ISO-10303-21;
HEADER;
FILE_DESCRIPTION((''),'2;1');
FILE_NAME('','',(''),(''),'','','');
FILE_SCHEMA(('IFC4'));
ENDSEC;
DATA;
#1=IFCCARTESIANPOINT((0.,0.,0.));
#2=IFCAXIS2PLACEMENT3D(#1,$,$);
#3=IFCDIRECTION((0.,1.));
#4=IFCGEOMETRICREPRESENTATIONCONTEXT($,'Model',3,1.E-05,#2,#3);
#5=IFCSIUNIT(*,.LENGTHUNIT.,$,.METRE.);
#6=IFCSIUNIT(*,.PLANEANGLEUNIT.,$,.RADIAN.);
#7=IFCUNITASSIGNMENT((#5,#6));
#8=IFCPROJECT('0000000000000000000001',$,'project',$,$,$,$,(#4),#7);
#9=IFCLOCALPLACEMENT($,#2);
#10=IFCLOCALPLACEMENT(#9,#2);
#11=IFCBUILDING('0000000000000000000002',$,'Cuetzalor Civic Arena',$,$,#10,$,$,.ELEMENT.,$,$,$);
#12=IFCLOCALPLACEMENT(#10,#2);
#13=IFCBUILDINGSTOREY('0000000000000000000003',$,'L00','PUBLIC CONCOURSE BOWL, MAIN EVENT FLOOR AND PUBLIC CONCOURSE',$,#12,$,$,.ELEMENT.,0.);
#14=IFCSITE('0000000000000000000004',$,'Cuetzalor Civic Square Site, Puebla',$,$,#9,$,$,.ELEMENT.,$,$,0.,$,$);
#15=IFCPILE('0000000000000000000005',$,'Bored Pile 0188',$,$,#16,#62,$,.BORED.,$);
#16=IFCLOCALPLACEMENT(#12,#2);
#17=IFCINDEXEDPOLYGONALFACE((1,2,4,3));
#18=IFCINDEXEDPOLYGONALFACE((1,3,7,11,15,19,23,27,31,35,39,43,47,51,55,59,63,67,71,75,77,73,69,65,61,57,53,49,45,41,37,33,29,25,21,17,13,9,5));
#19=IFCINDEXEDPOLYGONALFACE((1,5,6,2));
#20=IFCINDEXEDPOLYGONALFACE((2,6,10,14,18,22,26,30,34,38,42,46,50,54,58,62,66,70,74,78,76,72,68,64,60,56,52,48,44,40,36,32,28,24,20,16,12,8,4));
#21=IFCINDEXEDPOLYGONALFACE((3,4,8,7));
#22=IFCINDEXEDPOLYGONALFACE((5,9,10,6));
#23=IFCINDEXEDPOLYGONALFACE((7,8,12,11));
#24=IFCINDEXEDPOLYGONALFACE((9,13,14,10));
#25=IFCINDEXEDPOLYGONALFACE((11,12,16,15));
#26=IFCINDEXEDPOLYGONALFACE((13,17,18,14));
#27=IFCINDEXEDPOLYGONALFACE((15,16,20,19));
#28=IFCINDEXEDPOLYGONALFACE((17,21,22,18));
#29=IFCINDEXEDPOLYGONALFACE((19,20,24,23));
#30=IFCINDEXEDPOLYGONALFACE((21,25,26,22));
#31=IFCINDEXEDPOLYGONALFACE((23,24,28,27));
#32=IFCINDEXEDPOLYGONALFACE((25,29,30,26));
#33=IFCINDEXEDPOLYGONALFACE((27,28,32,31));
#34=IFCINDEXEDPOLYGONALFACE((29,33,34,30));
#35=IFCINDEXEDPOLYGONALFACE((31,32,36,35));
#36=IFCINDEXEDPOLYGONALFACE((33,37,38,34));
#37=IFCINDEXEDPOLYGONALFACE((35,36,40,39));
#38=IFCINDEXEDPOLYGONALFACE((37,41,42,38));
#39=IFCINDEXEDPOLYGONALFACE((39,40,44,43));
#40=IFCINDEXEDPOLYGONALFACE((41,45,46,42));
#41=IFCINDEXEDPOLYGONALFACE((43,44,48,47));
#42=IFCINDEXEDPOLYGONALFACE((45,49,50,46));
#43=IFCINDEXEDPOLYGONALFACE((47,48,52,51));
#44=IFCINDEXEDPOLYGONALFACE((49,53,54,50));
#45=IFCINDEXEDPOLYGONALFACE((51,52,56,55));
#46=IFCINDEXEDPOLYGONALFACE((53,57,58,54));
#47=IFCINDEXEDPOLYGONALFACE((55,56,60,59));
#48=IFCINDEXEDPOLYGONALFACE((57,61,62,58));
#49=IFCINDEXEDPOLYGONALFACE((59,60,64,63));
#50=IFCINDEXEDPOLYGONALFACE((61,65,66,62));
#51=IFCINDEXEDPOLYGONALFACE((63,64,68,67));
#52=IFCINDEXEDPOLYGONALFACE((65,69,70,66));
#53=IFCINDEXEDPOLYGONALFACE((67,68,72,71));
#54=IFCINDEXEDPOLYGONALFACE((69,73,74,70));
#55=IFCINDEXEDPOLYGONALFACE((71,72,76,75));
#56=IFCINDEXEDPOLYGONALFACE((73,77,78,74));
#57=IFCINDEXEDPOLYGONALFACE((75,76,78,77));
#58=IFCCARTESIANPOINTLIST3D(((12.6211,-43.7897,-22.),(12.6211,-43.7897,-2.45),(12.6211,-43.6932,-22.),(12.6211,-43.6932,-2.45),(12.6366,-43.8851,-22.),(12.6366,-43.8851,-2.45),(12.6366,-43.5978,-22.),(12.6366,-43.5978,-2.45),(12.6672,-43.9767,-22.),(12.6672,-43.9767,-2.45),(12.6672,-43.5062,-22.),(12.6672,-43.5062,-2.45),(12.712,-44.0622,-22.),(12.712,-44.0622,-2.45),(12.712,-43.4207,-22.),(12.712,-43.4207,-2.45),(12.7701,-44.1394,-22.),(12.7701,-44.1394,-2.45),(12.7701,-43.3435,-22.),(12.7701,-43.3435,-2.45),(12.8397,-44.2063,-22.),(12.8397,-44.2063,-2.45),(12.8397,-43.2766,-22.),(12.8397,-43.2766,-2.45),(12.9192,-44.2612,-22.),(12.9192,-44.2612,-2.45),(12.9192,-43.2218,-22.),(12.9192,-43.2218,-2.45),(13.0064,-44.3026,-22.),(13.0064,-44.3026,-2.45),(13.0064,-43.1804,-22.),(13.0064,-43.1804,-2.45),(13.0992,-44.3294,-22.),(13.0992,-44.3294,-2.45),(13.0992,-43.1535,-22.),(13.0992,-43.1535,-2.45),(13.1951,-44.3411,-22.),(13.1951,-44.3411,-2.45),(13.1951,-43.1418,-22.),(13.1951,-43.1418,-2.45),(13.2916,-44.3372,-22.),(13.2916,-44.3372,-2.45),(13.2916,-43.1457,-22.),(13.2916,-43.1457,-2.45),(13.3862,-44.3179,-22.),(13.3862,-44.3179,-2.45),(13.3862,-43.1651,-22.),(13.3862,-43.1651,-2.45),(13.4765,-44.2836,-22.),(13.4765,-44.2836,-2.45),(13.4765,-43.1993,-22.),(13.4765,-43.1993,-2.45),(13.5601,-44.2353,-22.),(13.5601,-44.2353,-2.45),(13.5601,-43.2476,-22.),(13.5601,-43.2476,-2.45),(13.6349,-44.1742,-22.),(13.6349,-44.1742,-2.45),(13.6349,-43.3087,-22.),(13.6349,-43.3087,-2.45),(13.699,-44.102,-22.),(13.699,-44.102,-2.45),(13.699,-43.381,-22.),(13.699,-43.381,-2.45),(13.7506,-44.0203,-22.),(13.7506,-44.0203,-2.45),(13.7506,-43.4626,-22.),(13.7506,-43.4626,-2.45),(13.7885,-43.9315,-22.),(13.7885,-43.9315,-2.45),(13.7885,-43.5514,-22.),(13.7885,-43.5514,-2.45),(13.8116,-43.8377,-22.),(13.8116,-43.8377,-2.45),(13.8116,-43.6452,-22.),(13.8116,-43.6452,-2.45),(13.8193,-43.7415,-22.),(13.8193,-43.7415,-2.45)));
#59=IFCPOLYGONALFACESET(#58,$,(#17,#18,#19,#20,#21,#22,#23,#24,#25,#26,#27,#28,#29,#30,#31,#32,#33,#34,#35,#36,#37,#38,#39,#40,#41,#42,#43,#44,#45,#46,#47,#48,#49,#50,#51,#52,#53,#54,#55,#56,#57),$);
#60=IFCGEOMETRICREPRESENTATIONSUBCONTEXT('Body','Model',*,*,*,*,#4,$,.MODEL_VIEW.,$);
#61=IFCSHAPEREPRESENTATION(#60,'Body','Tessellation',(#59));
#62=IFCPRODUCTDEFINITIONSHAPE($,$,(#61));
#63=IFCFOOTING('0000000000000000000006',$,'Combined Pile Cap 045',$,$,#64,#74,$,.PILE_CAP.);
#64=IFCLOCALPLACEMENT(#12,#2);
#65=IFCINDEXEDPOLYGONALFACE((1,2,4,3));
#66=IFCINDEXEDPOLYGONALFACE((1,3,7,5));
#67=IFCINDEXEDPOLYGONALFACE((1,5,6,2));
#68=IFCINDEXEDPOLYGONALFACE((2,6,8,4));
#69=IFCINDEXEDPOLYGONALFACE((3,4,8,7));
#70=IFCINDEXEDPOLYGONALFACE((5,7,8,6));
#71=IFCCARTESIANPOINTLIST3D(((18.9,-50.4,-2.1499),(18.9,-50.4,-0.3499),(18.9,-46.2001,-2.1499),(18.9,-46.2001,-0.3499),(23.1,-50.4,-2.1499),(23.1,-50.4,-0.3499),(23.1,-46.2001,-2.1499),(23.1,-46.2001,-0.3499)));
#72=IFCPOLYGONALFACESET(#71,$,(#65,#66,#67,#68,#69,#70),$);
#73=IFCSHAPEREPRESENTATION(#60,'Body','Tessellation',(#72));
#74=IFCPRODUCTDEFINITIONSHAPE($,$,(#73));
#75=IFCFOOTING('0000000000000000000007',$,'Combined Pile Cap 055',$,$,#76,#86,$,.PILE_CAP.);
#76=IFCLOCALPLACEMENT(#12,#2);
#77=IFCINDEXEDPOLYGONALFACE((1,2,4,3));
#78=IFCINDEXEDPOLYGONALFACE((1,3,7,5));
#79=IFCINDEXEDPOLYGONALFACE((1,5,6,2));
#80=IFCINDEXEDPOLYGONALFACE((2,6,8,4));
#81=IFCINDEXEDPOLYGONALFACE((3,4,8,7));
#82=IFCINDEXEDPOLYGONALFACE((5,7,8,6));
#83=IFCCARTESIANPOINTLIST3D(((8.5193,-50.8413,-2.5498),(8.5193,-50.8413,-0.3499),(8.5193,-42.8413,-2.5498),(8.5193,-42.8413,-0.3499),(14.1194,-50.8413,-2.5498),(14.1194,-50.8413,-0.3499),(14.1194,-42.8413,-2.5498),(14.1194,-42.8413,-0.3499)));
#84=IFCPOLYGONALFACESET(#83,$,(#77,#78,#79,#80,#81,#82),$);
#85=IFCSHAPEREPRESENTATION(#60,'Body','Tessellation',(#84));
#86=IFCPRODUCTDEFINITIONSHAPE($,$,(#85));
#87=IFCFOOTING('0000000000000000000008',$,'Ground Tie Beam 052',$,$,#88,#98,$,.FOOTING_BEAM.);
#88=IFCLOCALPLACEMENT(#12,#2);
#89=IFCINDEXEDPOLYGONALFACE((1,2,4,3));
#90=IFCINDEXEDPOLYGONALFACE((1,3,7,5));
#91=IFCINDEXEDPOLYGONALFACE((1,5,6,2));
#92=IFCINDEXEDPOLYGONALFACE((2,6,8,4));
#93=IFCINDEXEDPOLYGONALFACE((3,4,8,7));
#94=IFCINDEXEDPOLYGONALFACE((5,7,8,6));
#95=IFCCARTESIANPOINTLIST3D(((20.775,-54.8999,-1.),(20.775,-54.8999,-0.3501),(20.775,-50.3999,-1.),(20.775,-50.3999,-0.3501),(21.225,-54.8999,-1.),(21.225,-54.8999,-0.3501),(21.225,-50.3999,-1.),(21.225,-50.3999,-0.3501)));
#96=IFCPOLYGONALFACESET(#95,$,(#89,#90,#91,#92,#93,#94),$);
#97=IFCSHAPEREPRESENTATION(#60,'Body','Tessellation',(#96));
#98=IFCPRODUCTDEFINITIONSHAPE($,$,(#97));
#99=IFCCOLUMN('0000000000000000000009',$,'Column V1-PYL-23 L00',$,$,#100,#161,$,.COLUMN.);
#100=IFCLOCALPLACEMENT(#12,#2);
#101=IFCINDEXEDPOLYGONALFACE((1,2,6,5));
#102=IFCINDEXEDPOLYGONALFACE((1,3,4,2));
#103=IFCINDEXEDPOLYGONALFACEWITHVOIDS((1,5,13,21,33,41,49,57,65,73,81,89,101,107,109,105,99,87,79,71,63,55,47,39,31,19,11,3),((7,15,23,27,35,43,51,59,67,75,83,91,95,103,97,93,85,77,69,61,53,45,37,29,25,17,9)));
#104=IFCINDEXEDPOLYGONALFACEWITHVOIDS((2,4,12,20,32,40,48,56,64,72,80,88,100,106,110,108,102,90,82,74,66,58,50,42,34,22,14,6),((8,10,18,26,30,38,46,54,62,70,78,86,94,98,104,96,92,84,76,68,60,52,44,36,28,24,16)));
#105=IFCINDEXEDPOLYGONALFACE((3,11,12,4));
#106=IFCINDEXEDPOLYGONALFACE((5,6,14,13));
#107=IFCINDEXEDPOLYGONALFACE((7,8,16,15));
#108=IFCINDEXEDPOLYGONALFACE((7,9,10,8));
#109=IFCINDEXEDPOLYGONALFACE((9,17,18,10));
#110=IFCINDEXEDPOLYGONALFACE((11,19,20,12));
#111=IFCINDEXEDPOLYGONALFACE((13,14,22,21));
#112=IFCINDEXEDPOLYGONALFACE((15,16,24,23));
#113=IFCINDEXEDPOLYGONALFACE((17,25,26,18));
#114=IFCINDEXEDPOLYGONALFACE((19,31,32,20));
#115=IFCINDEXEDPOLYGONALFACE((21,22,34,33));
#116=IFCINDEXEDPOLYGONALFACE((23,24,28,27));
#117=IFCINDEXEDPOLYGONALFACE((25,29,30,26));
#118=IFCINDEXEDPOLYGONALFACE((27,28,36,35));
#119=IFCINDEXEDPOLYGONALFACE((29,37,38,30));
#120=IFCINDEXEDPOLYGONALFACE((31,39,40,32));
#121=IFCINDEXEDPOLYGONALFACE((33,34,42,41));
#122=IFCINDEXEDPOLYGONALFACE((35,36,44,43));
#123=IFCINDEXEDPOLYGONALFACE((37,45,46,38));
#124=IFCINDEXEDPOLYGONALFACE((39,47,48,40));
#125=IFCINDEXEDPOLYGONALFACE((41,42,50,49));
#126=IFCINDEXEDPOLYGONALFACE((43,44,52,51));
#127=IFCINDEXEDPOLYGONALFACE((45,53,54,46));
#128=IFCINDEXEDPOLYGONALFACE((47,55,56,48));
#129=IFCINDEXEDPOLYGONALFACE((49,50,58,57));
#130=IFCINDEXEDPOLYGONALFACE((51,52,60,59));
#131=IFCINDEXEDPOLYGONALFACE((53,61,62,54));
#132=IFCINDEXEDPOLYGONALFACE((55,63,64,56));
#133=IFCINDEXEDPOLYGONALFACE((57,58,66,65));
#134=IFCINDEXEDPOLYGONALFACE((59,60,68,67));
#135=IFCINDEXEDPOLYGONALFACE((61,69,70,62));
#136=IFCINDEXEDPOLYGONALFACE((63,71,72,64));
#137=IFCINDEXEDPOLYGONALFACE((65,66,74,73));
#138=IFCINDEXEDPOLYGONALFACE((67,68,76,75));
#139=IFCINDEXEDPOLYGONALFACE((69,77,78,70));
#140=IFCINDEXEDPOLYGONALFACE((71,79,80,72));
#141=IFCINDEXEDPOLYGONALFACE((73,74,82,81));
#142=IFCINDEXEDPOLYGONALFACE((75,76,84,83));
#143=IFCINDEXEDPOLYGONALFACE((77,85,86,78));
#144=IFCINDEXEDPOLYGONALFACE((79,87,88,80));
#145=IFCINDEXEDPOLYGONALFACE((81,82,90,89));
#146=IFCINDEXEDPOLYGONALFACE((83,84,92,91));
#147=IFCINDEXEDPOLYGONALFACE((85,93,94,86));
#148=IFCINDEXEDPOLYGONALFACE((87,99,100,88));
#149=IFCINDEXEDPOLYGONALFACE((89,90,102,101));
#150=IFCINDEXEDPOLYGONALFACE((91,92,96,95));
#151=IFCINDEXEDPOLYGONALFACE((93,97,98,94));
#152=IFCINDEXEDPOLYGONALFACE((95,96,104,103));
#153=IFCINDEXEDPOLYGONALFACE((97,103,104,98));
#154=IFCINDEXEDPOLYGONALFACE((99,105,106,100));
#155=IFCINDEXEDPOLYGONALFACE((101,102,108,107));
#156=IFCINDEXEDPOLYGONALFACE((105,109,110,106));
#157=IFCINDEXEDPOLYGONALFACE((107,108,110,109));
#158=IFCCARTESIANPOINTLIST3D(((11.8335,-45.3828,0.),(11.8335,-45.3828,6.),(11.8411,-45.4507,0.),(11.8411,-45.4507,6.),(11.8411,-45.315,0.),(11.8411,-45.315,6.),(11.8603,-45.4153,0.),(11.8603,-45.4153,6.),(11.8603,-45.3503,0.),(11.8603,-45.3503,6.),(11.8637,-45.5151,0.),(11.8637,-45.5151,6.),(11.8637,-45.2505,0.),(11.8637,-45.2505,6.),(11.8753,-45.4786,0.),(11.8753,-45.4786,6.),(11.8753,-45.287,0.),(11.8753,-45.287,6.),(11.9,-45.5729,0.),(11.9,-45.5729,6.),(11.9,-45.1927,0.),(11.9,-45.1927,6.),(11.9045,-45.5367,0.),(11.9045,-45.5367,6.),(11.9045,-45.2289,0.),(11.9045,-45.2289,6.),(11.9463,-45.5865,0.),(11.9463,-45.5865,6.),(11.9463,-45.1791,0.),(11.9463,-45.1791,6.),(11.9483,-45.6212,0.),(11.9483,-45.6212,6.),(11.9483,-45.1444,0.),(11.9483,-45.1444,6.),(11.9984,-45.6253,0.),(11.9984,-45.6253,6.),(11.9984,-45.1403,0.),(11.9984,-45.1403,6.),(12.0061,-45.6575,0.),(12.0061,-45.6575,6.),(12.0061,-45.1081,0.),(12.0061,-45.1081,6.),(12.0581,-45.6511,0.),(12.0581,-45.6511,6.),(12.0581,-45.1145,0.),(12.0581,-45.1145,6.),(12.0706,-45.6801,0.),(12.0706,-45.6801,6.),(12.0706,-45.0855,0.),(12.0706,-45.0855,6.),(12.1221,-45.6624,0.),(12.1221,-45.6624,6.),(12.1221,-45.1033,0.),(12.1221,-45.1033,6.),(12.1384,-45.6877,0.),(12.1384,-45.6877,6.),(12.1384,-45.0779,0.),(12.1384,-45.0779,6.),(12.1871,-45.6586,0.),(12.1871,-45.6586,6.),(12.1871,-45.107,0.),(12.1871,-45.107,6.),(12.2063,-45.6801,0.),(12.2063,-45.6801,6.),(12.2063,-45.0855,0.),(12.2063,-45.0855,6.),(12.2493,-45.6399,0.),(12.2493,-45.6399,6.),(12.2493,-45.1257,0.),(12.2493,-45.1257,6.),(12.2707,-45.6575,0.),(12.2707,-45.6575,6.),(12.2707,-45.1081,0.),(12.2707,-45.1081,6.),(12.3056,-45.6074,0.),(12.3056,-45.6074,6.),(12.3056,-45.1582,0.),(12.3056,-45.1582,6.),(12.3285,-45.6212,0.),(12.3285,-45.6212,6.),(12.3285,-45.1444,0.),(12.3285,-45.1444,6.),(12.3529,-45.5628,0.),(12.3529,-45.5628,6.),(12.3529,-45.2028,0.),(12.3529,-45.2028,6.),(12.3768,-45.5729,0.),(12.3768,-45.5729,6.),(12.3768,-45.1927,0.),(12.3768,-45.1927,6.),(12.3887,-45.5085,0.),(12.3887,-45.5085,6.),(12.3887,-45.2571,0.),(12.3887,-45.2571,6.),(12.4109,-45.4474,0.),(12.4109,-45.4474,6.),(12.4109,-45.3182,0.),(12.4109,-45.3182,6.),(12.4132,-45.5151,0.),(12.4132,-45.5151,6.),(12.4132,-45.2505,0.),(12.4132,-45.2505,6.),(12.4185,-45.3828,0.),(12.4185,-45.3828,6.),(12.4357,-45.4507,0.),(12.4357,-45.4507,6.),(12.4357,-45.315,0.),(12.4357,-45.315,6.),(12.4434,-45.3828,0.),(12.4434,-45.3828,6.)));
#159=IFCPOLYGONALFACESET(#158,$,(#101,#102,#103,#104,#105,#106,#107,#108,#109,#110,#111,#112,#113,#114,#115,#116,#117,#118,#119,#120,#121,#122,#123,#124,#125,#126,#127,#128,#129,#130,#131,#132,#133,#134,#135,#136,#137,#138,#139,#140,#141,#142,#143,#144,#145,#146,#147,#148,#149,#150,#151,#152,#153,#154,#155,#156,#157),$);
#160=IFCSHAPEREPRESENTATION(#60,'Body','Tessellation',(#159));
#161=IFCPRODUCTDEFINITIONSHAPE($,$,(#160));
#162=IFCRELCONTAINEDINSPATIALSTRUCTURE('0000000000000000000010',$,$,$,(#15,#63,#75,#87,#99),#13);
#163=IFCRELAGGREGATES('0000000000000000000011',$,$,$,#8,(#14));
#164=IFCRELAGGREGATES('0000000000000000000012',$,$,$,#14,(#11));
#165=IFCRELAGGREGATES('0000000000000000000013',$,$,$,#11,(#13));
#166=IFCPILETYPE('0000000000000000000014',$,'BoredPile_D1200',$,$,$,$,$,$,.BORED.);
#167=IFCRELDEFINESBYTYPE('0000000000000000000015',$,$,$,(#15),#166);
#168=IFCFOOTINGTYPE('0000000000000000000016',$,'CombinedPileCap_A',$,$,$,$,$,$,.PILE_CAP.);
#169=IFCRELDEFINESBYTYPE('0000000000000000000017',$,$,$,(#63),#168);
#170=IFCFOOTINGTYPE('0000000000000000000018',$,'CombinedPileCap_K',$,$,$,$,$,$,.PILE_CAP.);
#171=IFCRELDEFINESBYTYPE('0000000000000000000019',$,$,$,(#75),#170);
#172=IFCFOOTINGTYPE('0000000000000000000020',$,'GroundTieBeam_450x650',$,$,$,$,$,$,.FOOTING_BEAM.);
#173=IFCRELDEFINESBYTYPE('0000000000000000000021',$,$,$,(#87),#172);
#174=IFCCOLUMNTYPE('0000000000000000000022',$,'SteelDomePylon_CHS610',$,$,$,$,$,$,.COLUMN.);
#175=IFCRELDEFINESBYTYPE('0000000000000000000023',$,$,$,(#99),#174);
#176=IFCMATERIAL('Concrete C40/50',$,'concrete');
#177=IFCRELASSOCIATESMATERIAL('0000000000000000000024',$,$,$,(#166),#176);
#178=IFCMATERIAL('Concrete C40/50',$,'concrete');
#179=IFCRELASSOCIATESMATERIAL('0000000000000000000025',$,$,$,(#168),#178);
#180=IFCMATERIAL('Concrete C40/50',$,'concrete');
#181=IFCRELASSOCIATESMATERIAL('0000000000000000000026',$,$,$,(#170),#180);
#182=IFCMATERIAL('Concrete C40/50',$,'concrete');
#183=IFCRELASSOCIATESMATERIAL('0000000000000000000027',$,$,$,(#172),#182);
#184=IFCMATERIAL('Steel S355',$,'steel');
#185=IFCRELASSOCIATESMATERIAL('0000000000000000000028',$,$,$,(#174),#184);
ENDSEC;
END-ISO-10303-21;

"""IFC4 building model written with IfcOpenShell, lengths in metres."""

from ifc_helpers import new_model, si_unit, direction, frame, origin, origin_2d, place, context, subcontext, project, spatial, rectangle, circle, hollow_circle, extrude, material, material_profile, profile_set, type_object, element, save


model = new_model("IFC4")

# Units and contexts
model_context = context("Model", 3, precision=1e-05, world=origin(), true_north=direction((0.0, 1.0)))
body_context = subcontext(model_context, "Body", "Model", "MODEL_VIEW")
ifc_project = project(units=[si_unit("LENGTHUNIT", "METRE"), si_unit("PLANEANGLEUNIT", "RADIAN")], contexts=[model_context])

# Site, building, storey
site_placement = place(None, origin())
site = spatial("IfcSite", under=ifc_project, at=site_placement, Name="Cuetzalor Civic Square Site, Puebla", CompositionType="ELEMENT", RefElevation=0.0)
building_placement = place(site_placement, origin())
building = spatial("IfcBuilding", under=site, at=building_placement, Name="Cuetzalor Civic Arena", CompositionType="ELEMENT")
storey_placement = place(building_placement, origin())
storey = spatial("IfcBuildingStorey", under=building, at=storey_placement, Name="L00", Description="PUBLIC CONCOURSE BOWL, MAIN EVENT FLOOR AND PUBLIC CONCOURSE", CompositionType="ELEMENT", Elevation=0.0)

# Pile
ifc_material_1 = material(Name="Concrete C40/50", Category="concrete")
ifc_material_profile_1 = material_profile(ifc_material_1, circle(Radius=0.6001, at=origin_2d()), Name="BORED PILE D1200")
ifc_profile_set_1 = profile_set([ifc_material_profile_1], Name="Concrete C40/50")
pile_type_1 = type_object("IfcPileType", Name="BoredPile_D1200", PredefinedType="BORED", material=ifc_profile_set_1)
for number, where, z_axis, x_axis, name in (
    (1, (13.2192, -43.7415, -2.45), (0.0, 0.0, -1.0), (1.0, 0.0, 0.0), "Bored Pile 0188"),
):
    element("IfcPile", number, at=place(storey_placement, frame(where, z_axis=z_axis, x_axis=x_axis)), inside=storey, type_object=pile_type_1, Name=name, PredefinedType="BORED", context=body_context, shape_type="SweptSolid", body=[
        extrude(circle(Radius=0.6001, at=origin_2d()), origin(), (0.0, 0.0, 1.0), 19.55),
    ])

# Footings
ifc_material_2 = material(Name="Concrete C40/50", Category="concrete")
footing_type_1 = type_object("IfcFootingType", Name="CombinedPileCap_A", PredefinedType="PILE_CAP", material=ifc_material_2)
footing_1_placement = place(storey_placement, frame((21.0, -48.3, -2.1499), z_axis=(0.0, 0.0, 1.0), x_axis=(1.0, 0.0, 0.0)))
element("IfcFooting", 2, at=footing_1_placement, inside=storey, type_object=footing_type_1, Name="Combined Pile Cap 045", PredefinedType="PILE_CAP", context=body_context, shape_type="SweptSolid", body=[
    extrude(rectangle(XDim=4.2, YDim=4.2, at=origin_2d()), origin(), (0.0, 0.0, 1.0), 1.8),
])
ifc_material_3 = material(Name="Concrete C40/50", Category="concrete")
footing_type_2 = type_object("IfcFootingType", Name="CombinedPileCap_K", PredefinedType="PILE_CAP", material=ifc_material_3)
footing_2_placement = place(storey_placement, frame((11.3193, -46.8413, -2.5498), z_axis=(0.0, 0.0, 1.0), x_axis=(1.0, 0.0, 0.0)))
element("IfcFooting", 3, at=footing_2_placement, inside=storey, type_object=footing_type_2, Name="Combined Pile Cap 055", PredefinedType="PILE_CAP", context=body_context, shape_type="SweptSolid", body=[
    extrude(rectangle(XDim=5.6001, YDim=8.0, at=origin_2d()), origin(), (0.0, 0.0, 1.0), 2.2),
])
ifc_material_4 = material(Name="Concrete C40/50", Category="concrete")
ifc_material_profile_2 = material_profile(ifc_material_4, rectangle(XDim=0.45, YDim=0.6499, at=origin_2d()), Name="RC 450x650")
ifc_profile_set_2 = profile_set([ifc_material_profile_2], Name="Concrete C40/50")
footing_type_3 = type_object("IfcFootingType", Name="GroundTieBeam_450x650", PredefinedType="FOOTING_BEAM", material=ifc_profile_set_2)
footing_3_placement = place(storey_placement, frame((21.0, -54.8999, -0.675), z_axis=(0.0, 1.0, 0.0), x_axis=(-1.0, 0.0, 0.0)))
element("IfcFooting", 4, at=footing_3_placement, inside=storey, type_object=footing_type_3, Name="Ground Tie Beam 052", PredefinedType="FOOTING_BEAM", context=body_context, shape_type="SweptSolid", body=[
    extrude(rectangle(XDim=0.45, YDim=0.6499, at=origin_2d()), origin(), (0.0, 0.0, 1.0), 4.5),
])

# Column
ifc_material_5 = material(Name="Steel S355", Category="steel")
ifc_material_profile_3 = material_profile(ifc_material_5, hollow_circle(Radius=0.3049, WallThickness=0.0249, at=origin_2d()), Name="CHS 610x25")
ifc_profile_set_3 = profile_set([ifc_material_profile_3], Name="Steel S355")
column_type_1 = type_object("IfcColumnType", Name="SteelDomePylon_CHS610", PredefinedType="COLUMN", material=ifc_profile_set_3)
column_placement = place(storey_placement, frame((12.1384, -45.3828, 0.0), z_axis=(0.0, 0.0, 1.0), x_axis=(1.0, 0.0, 0.0)))
element("IfcColumn", 5, at=column_placement, inside=storey, type_object=column_type_1, Name="Column V1-PYL-23 L00", PredefinedType="COLUMN", context=body_context, shape_type="SweptSolid", body=[
    extrude(hollow_circle(Radius=0.3049, WallThickness=0.0249, at=origin_2d()), origin(), (0.0, 0.0, 1.0), 6.0),
])

save(model, "model.ifc")
